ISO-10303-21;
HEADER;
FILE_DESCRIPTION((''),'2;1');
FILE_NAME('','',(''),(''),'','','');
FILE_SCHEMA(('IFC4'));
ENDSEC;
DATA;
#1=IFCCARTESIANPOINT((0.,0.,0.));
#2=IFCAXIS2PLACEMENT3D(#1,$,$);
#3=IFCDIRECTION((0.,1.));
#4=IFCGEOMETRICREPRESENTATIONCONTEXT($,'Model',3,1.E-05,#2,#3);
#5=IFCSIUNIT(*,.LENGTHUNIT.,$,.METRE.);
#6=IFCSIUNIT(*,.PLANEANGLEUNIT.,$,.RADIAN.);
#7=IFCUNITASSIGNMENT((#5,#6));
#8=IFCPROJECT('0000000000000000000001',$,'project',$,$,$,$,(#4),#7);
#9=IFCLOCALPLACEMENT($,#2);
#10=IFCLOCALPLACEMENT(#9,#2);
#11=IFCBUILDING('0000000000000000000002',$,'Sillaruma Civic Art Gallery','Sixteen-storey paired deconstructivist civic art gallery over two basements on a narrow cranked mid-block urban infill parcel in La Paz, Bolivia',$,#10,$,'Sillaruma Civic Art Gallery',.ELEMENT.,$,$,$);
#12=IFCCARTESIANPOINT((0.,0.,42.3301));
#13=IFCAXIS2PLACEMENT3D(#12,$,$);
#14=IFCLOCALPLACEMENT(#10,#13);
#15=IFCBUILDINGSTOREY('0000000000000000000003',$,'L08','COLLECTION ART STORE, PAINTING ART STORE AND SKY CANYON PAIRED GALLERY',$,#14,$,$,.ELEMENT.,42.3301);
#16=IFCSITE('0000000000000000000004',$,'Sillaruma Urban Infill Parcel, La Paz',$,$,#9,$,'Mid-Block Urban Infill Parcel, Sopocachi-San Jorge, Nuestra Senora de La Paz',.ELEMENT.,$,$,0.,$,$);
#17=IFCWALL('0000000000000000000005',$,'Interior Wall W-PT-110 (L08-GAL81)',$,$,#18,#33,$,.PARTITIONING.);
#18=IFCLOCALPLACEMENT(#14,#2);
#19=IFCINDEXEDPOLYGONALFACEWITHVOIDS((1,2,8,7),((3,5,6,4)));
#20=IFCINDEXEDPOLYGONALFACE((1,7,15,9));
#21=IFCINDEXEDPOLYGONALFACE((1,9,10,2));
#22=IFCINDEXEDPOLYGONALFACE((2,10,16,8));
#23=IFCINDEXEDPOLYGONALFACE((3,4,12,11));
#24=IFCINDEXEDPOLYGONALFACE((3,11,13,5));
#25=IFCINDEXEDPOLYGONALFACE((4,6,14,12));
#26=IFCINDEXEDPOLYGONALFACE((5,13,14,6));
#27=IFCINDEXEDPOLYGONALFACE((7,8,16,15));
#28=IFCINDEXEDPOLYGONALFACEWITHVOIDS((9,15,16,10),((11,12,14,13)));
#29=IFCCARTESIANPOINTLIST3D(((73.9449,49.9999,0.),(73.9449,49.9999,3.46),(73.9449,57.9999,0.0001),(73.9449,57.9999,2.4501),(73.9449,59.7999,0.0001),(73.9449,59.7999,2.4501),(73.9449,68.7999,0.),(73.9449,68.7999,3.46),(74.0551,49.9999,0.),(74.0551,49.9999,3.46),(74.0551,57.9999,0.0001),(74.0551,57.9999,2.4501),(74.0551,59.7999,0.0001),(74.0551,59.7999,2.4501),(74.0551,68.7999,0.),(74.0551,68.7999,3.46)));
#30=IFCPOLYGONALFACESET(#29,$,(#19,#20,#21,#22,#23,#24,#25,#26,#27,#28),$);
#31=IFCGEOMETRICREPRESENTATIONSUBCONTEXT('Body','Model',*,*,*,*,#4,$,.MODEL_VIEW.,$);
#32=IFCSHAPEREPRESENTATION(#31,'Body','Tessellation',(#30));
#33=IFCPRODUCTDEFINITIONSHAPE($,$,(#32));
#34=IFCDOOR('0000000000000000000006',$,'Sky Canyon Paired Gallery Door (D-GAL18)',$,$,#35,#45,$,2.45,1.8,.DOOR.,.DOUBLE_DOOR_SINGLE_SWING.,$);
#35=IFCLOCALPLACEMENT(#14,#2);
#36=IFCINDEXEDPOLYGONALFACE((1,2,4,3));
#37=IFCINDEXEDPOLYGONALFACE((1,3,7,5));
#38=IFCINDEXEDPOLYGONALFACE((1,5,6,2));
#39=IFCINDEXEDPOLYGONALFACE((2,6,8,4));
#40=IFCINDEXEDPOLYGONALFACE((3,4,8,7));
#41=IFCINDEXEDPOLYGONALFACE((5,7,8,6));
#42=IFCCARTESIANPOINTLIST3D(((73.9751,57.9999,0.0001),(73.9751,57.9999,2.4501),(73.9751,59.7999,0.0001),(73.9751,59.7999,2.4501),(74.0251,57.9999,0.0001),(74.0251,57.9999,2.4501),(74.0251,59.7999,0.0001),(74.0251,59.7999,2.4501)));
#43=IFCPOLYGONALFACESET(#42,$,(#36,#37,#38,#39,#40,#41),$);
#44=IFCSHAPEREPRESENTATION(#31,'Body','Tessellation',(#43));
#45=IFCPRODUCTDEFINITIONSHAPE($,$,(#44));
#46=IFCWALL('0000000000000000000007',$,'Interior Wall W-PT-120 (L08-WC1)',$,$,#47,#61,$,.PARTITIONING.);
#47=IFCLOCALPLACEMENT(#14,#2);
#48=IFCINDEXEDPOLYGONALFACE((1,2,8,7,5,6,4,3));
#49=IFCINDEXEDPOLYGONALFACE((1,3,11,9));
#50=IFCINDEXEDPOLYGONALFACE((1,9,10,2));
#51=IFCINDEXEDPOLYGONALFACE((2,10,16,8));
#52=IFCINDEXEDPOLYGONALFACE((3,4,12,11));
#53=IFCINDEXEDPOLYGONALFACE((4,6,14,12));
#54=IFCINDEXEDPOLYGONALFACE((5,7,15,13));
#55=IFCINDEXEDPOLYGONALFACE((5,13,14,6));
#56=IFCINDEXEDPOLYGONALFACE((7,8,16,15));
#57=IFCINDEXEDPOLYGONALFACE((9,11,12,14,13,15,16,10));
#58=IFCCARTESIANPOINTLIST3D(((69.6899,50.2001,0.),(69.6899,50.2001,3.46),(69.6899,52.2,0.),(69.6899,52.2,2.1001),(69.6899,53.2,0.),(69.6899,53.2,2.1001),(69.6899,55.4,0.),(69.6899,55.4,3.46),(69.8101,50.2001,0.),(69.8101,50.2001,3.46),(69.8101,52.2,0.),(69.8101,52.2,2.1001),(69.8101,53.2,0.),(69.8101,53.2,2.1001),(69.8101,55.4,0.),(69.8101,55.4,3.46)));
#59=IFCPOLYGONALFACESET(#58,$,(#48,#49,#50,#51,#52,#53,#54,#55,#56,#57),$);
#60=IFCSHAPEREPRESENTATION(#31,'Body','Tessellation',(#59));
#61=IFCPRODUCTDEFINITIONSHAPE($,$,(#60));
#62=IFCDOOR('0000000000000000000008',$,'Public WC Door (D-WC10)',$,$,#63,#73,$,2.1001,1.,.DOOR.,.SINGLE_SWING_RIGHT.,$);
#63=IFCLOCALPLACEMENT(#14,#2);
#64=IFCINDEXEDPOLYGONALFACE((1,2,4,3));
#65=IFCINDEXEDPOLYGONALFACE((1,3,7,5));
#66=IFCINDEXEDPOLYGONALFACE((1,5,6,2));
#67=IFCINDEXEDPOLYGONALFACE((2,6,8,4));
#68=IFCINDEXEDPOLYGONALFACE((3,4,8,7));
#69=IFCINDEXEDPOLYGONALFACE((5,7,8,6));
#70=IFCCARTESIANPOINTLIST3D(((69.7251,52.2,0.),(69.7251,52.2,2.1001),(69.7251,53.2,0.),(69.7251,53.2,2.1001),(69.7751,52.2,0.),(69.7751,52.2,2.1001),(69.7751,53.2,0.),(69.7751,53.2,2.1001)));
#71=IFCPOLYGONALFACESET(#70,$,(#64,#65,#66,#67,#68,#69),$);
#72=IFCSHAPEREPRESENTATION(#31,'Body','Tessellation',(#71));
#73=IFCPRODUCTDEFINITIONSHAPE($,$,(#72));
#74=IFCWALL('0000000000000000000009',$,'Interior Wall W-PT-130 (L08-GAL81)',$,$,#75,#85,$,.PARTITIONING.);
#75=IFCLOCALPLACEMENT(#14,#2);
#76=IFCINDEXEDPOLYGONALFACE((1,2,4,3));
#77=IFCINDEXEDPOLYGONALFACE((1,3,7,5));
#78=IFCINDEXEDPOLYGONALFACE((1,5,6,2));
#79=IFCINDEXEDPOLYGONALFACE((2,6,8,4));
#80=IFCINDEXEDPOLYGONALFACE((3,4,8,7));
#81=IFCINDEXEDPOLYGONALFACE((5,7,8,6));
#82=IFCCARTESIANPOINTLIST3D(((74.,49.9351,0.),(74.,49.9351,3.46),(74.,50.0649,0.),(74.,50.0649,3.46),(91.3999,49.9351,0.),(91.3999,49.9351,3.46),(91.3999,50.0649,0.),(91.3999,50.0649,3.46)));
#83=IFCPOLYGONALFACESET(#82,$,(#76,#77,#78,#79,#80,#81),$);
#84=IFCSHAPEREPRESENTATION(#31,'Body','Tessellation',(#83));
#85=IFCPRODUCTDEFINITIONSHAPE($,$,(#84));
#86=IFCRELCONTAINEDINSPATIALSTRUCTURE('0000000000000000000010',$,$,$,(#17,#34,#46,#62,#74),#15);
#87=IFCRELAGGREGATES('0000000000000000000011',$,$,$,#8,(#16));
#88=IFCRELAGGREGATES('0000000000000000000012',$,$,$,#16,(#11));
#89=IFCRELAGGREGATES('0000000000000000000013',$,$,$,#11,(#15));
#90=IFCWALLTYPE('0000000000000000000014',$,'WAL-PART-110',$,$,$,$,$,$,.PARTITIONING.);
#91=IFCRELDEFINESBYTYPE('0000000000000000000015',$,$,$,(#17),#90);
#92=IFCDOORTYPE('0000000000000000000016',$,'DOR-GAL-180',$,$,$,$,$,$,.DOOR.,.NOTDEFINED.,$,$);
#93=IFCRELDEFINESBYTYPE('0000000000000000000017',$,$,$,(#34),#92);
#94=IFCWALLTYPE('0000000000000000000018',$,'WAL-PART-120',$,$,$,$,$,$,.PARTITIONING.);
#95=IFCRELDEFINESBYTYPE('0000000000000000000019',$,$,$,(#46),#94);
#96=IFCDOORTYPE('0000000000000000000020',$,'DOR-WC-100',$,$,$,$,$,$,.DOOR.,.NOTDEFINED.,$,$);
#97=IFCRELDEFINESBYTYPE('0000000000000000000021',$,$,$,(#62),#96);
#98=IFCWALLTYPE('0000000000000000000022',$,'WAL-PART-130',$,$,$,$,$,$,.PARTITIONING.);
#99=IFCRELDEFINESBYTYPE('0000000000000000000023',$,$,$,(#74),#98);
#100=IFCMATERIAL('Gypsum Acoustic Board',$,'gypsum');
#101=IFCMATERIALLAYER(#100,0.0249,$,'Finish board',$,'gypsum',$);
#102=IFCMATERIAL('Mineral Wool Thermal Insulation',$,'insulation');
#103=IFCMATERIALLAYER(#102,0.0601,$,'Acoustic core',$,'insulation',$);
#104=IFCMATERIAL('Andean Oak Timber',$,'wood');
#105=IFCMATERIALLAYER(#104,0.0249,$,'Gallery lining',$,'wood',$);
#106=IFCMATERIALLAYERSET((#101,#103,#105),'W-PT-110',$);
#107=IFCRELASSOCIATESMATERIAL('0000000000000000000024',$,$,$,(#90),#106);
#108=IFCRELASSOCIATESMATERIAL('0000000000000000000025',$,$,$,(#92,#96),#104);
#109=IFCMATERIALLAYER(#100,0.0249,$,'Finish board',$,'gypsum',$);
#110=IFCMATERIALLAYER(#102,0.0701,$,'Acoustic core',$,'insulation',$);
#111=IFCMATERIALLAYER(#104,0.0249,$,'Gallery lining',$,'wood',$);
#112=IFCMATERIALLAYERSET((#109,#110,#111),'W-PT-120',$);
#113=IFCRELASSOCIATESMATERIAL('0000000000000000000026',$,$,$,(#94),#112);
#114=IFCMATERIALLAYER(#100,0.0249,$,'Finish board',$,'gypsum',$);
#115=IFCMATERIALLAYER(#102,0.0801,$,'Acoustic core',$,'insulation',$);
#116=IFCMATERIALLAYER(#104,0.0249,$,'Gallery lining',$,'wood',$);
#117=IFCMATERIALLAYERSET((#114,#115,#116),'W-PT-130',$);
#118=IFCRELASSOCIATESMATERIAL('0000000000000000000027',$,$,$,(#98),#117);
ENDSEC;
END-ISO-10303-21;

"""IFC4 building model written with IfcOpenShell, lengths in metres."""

from ifc_helpers import new_model, si_unit, direction, frame, frame_2d, origin, place, context, subcontext, project, spatial, rectangle, extrude, material, layer, layer_set, type_object, element, fill, save


model = new_model("IFC4")

# Units and contexts
model_context = context("Model", 3, precision=1e-05, world=origin(), true_north=direction((0.0, 1.0)))
body_context = subcontext(model_context, "Body", "Model", "MODEL_VIEW")
ifc_project = project(units=[si_unit("LENGTHUNIT", "METRE"), si_unit("PLANEANGLEUNIT", "RADIAN")], contexts=[model_context])

# Site, building, storey
site_placement = place(None, origin())
site = spatial("IfcSite", under=ifc_project, at=site_placement, Name="Sillaruma Urban Infill Parcel, La Paz", LongName="Mid-Block Urban Infill Parcel, Sopocachi-San Jorge, Nuestra Senora de La Paz", CompositionType="ELEMENT", RefElevation=0.0)
building_placement = place(site_placement, origin())
building = spatial("IfcBuilding", under=site, at=building_placement, Name="Sillaruma Civic Art Gallery", Description="Sixteen-storey paired deconstructivist civic art gallery over two basements on a narrow cranked mid-block urban infill parcel in La Paz, Bolivia", LongName="Sillaruma Civic Art Gallery", CompositionType="ELEMENT")
storey_placement = place(building_placement, frame((0.0, 0.0, 42.3301)))
storey = spatial("IfcBuildingStorey", under=building, at=storey_placement, Name="L08", Description="COLLECTION ART STORE, PAINTING ART STORE AND SKY CANYON PAIRED GALLERY", CompositionType="ELEMENT", Elevation=42.3301)

# Walls, openings, doors
ifc_material_1 = material(Name="Gypsum Acoustic Board", Category="gypsum")
ifc_layer_1 = layer(ifc_material_1, 0.0249, Name="Finish board", Category="gypsum")
ifc_material_2 = material(Name="Mineral Wool Thermal Insulation", Category="insulation")
ifc_layer_2 = layer(ifc_material_2, 0.0601, Name="Acoustic core", Category="insulation")
ifc_material_3 = material(Name="Andean Oak Timber", Category="wood")
ifc_layer_3 = layer(ifc_material_3, 0.0249, Name="Gallery lining", Category="wood")
ifc_layer_set_1 = layer_set([ifc_layer_1, ifc_layer_2, ifc_layer_3], Name="W-PT-110")
wall_type_1 = type_object("IfcWallType", Name="WAL-PART-110", PredefinedType="PARTITIONING", material=ifc_layer_set_1)
wall_1_placement = place(storey_placement, frame((74.0, 50.0, 0.0), z_axis=(0.0, 0.0, 1.0), x_axis=(0.0, 1.0, 0.0)))
wall_1 = element("IfcWall", 1, at=wall_1_placement, inside=storey, type_object=wall_type_1, Name="Interior Wall W-PT-110 (L08-GAL81)", PredefinedType="PARTITIONING", context=body_context, shape_type="SweptSolid", body=[
    extrude(rectangle(XDim=18.8, YDim=0.1101, at=frame_2d((9.3999, 0.0))), origin(), (0.0, 0.0, 1.0), 3.46),
])
opening_1_placement = place(wall_1_placement, frame((8.0, 0.0, 0.0)))
opening_1 = element("IfcOpeningElement", 2, at=opening_1_placement, cuts=wall_1, PredefinedType="OPENING", context=body_context, shape_type="SweptSolid", body=[
    extrude(rectangle(XDim=1.8, YDim=2.45, at=frame_2d((0.8999, 1.2251))), frame((0.0, 0.0649, 0.0), z_axis=(0.0, -1.0, 0.0), x_axis=(1.0, 0.0, 0.0)), (0.0, 0.0, 1.0), 0.1301),
])
door_type_1 = type_object("IfcDoorType", Name="DOR-GAL-180", OperationType="NOTDEFINED", PredefinedType="DOOR", material=ifc_material_3)
door_1_placement = place(opening_1_placement, origin())
door_1 = element("IfcDoor", 3, at=door_1_placement, inside=storey, type_object=door_type_1, Name="Sky Canyon Paired Gallery Door (D-GAL18)", OperationType="DOUBLE_DOOR_SINGLE_SWING", OverallHeight=2.45, OverallWidth=1.8, PredefinedType="DOOR", context=body_context, shape_type="SweptSolid", body=[
    extrude(rectangle(XDim=1.8, YDim=2.45, at=frame_2d((0.8999, 1.2251))), frame((0.0, 0.0249, 0.0), z_axis=(0.0, -1.0, 0.0), x_axis=(1.0, 0.0, 0.0)), (0.0, 0.0, 1.0), 0.05),
])
fill(opening_1, door_1)
ifc_layer_4 = layer(ifc_material_1, 0.0249, Name="Finish board", Category="gypsum")
ifc_layer_5 = layer(ifc_material_2, 0.0701, Name="Acoustic core", Category="insulation")
ifc_layer_6 = layer(ifc_material_3, 0.0249, Name="Gallery lining", Category="wood")
ifc_layer_set_2 = layer_set([ifc_layer_4, ifc_layer_5, ifc_layer_6], Name="W-PT-120")
wall_type_2 = type_object("IfcWallType", Name="WAL-PART-120", PredefinedType="PARTITIONING", material=ifc_layer_set_2)
wall_2_placement = place(storey_placement, frame((69.75, 50.2, 0.0), z_axis=(0.0, 0.0, 1.0), x_axis=(0.0, 1.0, 0.0)))
wall_2 = element("IfcWall", 4, at=wall_2_placement, inside=storey, type_object=wall_type_2, Name="Interior Wall W-PT-120 (L08-WC1)", PredefinedType="PARTITIONING", context=body_context, shape_type="SweptSolid", body=[
    extrude(rectangle(XDim=5.2, YDim=0.1201, at=frame_2d((2.6001, 0.0))), origin(), (0.0, 0.0, 1.0), 3.46),
])
opening_2_placement = place(wall_2_placement, frame((2.0, 0.0, 0.0)))
opening_2 = element("IfcOpeningElement", 5, at=opening_2_placement, cuts=wall_2, PredefinedType="OPENING", context=body_context, shape_type="SweptSolid", body=[
    extrude(rectangle(XDim=1.0, YDim=2.1001, at=frame_2d((0.5, 1.05))), frame((0.0, 0.0701, 0.0), z_axis=(0.0, -1.0, 0.0), x_axis=(1.0, 0.0, 0.0)), (0.0, 0.0, 1.0), 0.1401),
])
door_type_2 = type_object("IfcDoorType", Name="DOR-WC-100", OperationType="NOTDEFINED", PredefinedType="DOOR", material=ifc_material_3)
door_2_placement = place(opening_2_placement, origin())
door_2 = element("IfcDoor", 6, at=door_2_placement, inside=storey, type_object=door_type_2, Name="Public WC Door (D-WC10)", OperationType="SINGLE_SWING_RIGHT", OverallHeight=2.1001, OverallWidth=1.0, PredefinedType="DOOR", context=body_context, shape_type="SweptSolid", body=[
    extrude(rectangle(XDim=1.0, YDim=2.1001, at=frame_2d((0.5, 1.05))), frame((0.0, 0.0249, 0.0), z_axis=(0.0, -1.0, 0.0), x_axis=(1.0, 0.0, 0.0)), (0.0, 0.0, 1.0), 0.05),
])
fill(opening_2, door_2)

# Wall
ifc_layer_7 = layer(ifc_material_1, 0.0249, Name="Finish board", Category="gypsum")
ifc_layer_8 = layer(ifc_material_2, 0.0801, Name="Acoustic core", Category="insulation")
ifc_layer_9 = layer(ifc_material_3, 0.0249, Name="Gallery lining", Category="wood")
ifc_layer_set_3 = layer_set([ifc_layer_7, ifc_layer_8, ifc_layer_9], Name="W-PT-130")
wall_type_3 = type_object("IfcWallType", Name="WAL-PART-130", PredefinedType="PARTITIONING", material=ifc_layer_set_3)
wall_3_placement = place(storey_placement, frame((74.0, 50.0, 0.0), z_axis=(0.0, 0.0, 1.0), x_axis=(1.0, 0.0, 0.0)))
element("IfcWall", 7, at=wall_3_placement, inside=storey, type_object=wall_type_3, Name="Interior Wall W-PT-130 (L08-GAL81)", PredefinedType="PARTITIONING", context=body_context, shape_type="SweptSolid", body=[
    extrude(rectangle(XDim=17.3999, YDim=0.1299, at=frame_2d((8.7, 0.0))), origin(), (0.0, 0.0, 1.0), 3.46),
])

save(model, "model.ifc")
